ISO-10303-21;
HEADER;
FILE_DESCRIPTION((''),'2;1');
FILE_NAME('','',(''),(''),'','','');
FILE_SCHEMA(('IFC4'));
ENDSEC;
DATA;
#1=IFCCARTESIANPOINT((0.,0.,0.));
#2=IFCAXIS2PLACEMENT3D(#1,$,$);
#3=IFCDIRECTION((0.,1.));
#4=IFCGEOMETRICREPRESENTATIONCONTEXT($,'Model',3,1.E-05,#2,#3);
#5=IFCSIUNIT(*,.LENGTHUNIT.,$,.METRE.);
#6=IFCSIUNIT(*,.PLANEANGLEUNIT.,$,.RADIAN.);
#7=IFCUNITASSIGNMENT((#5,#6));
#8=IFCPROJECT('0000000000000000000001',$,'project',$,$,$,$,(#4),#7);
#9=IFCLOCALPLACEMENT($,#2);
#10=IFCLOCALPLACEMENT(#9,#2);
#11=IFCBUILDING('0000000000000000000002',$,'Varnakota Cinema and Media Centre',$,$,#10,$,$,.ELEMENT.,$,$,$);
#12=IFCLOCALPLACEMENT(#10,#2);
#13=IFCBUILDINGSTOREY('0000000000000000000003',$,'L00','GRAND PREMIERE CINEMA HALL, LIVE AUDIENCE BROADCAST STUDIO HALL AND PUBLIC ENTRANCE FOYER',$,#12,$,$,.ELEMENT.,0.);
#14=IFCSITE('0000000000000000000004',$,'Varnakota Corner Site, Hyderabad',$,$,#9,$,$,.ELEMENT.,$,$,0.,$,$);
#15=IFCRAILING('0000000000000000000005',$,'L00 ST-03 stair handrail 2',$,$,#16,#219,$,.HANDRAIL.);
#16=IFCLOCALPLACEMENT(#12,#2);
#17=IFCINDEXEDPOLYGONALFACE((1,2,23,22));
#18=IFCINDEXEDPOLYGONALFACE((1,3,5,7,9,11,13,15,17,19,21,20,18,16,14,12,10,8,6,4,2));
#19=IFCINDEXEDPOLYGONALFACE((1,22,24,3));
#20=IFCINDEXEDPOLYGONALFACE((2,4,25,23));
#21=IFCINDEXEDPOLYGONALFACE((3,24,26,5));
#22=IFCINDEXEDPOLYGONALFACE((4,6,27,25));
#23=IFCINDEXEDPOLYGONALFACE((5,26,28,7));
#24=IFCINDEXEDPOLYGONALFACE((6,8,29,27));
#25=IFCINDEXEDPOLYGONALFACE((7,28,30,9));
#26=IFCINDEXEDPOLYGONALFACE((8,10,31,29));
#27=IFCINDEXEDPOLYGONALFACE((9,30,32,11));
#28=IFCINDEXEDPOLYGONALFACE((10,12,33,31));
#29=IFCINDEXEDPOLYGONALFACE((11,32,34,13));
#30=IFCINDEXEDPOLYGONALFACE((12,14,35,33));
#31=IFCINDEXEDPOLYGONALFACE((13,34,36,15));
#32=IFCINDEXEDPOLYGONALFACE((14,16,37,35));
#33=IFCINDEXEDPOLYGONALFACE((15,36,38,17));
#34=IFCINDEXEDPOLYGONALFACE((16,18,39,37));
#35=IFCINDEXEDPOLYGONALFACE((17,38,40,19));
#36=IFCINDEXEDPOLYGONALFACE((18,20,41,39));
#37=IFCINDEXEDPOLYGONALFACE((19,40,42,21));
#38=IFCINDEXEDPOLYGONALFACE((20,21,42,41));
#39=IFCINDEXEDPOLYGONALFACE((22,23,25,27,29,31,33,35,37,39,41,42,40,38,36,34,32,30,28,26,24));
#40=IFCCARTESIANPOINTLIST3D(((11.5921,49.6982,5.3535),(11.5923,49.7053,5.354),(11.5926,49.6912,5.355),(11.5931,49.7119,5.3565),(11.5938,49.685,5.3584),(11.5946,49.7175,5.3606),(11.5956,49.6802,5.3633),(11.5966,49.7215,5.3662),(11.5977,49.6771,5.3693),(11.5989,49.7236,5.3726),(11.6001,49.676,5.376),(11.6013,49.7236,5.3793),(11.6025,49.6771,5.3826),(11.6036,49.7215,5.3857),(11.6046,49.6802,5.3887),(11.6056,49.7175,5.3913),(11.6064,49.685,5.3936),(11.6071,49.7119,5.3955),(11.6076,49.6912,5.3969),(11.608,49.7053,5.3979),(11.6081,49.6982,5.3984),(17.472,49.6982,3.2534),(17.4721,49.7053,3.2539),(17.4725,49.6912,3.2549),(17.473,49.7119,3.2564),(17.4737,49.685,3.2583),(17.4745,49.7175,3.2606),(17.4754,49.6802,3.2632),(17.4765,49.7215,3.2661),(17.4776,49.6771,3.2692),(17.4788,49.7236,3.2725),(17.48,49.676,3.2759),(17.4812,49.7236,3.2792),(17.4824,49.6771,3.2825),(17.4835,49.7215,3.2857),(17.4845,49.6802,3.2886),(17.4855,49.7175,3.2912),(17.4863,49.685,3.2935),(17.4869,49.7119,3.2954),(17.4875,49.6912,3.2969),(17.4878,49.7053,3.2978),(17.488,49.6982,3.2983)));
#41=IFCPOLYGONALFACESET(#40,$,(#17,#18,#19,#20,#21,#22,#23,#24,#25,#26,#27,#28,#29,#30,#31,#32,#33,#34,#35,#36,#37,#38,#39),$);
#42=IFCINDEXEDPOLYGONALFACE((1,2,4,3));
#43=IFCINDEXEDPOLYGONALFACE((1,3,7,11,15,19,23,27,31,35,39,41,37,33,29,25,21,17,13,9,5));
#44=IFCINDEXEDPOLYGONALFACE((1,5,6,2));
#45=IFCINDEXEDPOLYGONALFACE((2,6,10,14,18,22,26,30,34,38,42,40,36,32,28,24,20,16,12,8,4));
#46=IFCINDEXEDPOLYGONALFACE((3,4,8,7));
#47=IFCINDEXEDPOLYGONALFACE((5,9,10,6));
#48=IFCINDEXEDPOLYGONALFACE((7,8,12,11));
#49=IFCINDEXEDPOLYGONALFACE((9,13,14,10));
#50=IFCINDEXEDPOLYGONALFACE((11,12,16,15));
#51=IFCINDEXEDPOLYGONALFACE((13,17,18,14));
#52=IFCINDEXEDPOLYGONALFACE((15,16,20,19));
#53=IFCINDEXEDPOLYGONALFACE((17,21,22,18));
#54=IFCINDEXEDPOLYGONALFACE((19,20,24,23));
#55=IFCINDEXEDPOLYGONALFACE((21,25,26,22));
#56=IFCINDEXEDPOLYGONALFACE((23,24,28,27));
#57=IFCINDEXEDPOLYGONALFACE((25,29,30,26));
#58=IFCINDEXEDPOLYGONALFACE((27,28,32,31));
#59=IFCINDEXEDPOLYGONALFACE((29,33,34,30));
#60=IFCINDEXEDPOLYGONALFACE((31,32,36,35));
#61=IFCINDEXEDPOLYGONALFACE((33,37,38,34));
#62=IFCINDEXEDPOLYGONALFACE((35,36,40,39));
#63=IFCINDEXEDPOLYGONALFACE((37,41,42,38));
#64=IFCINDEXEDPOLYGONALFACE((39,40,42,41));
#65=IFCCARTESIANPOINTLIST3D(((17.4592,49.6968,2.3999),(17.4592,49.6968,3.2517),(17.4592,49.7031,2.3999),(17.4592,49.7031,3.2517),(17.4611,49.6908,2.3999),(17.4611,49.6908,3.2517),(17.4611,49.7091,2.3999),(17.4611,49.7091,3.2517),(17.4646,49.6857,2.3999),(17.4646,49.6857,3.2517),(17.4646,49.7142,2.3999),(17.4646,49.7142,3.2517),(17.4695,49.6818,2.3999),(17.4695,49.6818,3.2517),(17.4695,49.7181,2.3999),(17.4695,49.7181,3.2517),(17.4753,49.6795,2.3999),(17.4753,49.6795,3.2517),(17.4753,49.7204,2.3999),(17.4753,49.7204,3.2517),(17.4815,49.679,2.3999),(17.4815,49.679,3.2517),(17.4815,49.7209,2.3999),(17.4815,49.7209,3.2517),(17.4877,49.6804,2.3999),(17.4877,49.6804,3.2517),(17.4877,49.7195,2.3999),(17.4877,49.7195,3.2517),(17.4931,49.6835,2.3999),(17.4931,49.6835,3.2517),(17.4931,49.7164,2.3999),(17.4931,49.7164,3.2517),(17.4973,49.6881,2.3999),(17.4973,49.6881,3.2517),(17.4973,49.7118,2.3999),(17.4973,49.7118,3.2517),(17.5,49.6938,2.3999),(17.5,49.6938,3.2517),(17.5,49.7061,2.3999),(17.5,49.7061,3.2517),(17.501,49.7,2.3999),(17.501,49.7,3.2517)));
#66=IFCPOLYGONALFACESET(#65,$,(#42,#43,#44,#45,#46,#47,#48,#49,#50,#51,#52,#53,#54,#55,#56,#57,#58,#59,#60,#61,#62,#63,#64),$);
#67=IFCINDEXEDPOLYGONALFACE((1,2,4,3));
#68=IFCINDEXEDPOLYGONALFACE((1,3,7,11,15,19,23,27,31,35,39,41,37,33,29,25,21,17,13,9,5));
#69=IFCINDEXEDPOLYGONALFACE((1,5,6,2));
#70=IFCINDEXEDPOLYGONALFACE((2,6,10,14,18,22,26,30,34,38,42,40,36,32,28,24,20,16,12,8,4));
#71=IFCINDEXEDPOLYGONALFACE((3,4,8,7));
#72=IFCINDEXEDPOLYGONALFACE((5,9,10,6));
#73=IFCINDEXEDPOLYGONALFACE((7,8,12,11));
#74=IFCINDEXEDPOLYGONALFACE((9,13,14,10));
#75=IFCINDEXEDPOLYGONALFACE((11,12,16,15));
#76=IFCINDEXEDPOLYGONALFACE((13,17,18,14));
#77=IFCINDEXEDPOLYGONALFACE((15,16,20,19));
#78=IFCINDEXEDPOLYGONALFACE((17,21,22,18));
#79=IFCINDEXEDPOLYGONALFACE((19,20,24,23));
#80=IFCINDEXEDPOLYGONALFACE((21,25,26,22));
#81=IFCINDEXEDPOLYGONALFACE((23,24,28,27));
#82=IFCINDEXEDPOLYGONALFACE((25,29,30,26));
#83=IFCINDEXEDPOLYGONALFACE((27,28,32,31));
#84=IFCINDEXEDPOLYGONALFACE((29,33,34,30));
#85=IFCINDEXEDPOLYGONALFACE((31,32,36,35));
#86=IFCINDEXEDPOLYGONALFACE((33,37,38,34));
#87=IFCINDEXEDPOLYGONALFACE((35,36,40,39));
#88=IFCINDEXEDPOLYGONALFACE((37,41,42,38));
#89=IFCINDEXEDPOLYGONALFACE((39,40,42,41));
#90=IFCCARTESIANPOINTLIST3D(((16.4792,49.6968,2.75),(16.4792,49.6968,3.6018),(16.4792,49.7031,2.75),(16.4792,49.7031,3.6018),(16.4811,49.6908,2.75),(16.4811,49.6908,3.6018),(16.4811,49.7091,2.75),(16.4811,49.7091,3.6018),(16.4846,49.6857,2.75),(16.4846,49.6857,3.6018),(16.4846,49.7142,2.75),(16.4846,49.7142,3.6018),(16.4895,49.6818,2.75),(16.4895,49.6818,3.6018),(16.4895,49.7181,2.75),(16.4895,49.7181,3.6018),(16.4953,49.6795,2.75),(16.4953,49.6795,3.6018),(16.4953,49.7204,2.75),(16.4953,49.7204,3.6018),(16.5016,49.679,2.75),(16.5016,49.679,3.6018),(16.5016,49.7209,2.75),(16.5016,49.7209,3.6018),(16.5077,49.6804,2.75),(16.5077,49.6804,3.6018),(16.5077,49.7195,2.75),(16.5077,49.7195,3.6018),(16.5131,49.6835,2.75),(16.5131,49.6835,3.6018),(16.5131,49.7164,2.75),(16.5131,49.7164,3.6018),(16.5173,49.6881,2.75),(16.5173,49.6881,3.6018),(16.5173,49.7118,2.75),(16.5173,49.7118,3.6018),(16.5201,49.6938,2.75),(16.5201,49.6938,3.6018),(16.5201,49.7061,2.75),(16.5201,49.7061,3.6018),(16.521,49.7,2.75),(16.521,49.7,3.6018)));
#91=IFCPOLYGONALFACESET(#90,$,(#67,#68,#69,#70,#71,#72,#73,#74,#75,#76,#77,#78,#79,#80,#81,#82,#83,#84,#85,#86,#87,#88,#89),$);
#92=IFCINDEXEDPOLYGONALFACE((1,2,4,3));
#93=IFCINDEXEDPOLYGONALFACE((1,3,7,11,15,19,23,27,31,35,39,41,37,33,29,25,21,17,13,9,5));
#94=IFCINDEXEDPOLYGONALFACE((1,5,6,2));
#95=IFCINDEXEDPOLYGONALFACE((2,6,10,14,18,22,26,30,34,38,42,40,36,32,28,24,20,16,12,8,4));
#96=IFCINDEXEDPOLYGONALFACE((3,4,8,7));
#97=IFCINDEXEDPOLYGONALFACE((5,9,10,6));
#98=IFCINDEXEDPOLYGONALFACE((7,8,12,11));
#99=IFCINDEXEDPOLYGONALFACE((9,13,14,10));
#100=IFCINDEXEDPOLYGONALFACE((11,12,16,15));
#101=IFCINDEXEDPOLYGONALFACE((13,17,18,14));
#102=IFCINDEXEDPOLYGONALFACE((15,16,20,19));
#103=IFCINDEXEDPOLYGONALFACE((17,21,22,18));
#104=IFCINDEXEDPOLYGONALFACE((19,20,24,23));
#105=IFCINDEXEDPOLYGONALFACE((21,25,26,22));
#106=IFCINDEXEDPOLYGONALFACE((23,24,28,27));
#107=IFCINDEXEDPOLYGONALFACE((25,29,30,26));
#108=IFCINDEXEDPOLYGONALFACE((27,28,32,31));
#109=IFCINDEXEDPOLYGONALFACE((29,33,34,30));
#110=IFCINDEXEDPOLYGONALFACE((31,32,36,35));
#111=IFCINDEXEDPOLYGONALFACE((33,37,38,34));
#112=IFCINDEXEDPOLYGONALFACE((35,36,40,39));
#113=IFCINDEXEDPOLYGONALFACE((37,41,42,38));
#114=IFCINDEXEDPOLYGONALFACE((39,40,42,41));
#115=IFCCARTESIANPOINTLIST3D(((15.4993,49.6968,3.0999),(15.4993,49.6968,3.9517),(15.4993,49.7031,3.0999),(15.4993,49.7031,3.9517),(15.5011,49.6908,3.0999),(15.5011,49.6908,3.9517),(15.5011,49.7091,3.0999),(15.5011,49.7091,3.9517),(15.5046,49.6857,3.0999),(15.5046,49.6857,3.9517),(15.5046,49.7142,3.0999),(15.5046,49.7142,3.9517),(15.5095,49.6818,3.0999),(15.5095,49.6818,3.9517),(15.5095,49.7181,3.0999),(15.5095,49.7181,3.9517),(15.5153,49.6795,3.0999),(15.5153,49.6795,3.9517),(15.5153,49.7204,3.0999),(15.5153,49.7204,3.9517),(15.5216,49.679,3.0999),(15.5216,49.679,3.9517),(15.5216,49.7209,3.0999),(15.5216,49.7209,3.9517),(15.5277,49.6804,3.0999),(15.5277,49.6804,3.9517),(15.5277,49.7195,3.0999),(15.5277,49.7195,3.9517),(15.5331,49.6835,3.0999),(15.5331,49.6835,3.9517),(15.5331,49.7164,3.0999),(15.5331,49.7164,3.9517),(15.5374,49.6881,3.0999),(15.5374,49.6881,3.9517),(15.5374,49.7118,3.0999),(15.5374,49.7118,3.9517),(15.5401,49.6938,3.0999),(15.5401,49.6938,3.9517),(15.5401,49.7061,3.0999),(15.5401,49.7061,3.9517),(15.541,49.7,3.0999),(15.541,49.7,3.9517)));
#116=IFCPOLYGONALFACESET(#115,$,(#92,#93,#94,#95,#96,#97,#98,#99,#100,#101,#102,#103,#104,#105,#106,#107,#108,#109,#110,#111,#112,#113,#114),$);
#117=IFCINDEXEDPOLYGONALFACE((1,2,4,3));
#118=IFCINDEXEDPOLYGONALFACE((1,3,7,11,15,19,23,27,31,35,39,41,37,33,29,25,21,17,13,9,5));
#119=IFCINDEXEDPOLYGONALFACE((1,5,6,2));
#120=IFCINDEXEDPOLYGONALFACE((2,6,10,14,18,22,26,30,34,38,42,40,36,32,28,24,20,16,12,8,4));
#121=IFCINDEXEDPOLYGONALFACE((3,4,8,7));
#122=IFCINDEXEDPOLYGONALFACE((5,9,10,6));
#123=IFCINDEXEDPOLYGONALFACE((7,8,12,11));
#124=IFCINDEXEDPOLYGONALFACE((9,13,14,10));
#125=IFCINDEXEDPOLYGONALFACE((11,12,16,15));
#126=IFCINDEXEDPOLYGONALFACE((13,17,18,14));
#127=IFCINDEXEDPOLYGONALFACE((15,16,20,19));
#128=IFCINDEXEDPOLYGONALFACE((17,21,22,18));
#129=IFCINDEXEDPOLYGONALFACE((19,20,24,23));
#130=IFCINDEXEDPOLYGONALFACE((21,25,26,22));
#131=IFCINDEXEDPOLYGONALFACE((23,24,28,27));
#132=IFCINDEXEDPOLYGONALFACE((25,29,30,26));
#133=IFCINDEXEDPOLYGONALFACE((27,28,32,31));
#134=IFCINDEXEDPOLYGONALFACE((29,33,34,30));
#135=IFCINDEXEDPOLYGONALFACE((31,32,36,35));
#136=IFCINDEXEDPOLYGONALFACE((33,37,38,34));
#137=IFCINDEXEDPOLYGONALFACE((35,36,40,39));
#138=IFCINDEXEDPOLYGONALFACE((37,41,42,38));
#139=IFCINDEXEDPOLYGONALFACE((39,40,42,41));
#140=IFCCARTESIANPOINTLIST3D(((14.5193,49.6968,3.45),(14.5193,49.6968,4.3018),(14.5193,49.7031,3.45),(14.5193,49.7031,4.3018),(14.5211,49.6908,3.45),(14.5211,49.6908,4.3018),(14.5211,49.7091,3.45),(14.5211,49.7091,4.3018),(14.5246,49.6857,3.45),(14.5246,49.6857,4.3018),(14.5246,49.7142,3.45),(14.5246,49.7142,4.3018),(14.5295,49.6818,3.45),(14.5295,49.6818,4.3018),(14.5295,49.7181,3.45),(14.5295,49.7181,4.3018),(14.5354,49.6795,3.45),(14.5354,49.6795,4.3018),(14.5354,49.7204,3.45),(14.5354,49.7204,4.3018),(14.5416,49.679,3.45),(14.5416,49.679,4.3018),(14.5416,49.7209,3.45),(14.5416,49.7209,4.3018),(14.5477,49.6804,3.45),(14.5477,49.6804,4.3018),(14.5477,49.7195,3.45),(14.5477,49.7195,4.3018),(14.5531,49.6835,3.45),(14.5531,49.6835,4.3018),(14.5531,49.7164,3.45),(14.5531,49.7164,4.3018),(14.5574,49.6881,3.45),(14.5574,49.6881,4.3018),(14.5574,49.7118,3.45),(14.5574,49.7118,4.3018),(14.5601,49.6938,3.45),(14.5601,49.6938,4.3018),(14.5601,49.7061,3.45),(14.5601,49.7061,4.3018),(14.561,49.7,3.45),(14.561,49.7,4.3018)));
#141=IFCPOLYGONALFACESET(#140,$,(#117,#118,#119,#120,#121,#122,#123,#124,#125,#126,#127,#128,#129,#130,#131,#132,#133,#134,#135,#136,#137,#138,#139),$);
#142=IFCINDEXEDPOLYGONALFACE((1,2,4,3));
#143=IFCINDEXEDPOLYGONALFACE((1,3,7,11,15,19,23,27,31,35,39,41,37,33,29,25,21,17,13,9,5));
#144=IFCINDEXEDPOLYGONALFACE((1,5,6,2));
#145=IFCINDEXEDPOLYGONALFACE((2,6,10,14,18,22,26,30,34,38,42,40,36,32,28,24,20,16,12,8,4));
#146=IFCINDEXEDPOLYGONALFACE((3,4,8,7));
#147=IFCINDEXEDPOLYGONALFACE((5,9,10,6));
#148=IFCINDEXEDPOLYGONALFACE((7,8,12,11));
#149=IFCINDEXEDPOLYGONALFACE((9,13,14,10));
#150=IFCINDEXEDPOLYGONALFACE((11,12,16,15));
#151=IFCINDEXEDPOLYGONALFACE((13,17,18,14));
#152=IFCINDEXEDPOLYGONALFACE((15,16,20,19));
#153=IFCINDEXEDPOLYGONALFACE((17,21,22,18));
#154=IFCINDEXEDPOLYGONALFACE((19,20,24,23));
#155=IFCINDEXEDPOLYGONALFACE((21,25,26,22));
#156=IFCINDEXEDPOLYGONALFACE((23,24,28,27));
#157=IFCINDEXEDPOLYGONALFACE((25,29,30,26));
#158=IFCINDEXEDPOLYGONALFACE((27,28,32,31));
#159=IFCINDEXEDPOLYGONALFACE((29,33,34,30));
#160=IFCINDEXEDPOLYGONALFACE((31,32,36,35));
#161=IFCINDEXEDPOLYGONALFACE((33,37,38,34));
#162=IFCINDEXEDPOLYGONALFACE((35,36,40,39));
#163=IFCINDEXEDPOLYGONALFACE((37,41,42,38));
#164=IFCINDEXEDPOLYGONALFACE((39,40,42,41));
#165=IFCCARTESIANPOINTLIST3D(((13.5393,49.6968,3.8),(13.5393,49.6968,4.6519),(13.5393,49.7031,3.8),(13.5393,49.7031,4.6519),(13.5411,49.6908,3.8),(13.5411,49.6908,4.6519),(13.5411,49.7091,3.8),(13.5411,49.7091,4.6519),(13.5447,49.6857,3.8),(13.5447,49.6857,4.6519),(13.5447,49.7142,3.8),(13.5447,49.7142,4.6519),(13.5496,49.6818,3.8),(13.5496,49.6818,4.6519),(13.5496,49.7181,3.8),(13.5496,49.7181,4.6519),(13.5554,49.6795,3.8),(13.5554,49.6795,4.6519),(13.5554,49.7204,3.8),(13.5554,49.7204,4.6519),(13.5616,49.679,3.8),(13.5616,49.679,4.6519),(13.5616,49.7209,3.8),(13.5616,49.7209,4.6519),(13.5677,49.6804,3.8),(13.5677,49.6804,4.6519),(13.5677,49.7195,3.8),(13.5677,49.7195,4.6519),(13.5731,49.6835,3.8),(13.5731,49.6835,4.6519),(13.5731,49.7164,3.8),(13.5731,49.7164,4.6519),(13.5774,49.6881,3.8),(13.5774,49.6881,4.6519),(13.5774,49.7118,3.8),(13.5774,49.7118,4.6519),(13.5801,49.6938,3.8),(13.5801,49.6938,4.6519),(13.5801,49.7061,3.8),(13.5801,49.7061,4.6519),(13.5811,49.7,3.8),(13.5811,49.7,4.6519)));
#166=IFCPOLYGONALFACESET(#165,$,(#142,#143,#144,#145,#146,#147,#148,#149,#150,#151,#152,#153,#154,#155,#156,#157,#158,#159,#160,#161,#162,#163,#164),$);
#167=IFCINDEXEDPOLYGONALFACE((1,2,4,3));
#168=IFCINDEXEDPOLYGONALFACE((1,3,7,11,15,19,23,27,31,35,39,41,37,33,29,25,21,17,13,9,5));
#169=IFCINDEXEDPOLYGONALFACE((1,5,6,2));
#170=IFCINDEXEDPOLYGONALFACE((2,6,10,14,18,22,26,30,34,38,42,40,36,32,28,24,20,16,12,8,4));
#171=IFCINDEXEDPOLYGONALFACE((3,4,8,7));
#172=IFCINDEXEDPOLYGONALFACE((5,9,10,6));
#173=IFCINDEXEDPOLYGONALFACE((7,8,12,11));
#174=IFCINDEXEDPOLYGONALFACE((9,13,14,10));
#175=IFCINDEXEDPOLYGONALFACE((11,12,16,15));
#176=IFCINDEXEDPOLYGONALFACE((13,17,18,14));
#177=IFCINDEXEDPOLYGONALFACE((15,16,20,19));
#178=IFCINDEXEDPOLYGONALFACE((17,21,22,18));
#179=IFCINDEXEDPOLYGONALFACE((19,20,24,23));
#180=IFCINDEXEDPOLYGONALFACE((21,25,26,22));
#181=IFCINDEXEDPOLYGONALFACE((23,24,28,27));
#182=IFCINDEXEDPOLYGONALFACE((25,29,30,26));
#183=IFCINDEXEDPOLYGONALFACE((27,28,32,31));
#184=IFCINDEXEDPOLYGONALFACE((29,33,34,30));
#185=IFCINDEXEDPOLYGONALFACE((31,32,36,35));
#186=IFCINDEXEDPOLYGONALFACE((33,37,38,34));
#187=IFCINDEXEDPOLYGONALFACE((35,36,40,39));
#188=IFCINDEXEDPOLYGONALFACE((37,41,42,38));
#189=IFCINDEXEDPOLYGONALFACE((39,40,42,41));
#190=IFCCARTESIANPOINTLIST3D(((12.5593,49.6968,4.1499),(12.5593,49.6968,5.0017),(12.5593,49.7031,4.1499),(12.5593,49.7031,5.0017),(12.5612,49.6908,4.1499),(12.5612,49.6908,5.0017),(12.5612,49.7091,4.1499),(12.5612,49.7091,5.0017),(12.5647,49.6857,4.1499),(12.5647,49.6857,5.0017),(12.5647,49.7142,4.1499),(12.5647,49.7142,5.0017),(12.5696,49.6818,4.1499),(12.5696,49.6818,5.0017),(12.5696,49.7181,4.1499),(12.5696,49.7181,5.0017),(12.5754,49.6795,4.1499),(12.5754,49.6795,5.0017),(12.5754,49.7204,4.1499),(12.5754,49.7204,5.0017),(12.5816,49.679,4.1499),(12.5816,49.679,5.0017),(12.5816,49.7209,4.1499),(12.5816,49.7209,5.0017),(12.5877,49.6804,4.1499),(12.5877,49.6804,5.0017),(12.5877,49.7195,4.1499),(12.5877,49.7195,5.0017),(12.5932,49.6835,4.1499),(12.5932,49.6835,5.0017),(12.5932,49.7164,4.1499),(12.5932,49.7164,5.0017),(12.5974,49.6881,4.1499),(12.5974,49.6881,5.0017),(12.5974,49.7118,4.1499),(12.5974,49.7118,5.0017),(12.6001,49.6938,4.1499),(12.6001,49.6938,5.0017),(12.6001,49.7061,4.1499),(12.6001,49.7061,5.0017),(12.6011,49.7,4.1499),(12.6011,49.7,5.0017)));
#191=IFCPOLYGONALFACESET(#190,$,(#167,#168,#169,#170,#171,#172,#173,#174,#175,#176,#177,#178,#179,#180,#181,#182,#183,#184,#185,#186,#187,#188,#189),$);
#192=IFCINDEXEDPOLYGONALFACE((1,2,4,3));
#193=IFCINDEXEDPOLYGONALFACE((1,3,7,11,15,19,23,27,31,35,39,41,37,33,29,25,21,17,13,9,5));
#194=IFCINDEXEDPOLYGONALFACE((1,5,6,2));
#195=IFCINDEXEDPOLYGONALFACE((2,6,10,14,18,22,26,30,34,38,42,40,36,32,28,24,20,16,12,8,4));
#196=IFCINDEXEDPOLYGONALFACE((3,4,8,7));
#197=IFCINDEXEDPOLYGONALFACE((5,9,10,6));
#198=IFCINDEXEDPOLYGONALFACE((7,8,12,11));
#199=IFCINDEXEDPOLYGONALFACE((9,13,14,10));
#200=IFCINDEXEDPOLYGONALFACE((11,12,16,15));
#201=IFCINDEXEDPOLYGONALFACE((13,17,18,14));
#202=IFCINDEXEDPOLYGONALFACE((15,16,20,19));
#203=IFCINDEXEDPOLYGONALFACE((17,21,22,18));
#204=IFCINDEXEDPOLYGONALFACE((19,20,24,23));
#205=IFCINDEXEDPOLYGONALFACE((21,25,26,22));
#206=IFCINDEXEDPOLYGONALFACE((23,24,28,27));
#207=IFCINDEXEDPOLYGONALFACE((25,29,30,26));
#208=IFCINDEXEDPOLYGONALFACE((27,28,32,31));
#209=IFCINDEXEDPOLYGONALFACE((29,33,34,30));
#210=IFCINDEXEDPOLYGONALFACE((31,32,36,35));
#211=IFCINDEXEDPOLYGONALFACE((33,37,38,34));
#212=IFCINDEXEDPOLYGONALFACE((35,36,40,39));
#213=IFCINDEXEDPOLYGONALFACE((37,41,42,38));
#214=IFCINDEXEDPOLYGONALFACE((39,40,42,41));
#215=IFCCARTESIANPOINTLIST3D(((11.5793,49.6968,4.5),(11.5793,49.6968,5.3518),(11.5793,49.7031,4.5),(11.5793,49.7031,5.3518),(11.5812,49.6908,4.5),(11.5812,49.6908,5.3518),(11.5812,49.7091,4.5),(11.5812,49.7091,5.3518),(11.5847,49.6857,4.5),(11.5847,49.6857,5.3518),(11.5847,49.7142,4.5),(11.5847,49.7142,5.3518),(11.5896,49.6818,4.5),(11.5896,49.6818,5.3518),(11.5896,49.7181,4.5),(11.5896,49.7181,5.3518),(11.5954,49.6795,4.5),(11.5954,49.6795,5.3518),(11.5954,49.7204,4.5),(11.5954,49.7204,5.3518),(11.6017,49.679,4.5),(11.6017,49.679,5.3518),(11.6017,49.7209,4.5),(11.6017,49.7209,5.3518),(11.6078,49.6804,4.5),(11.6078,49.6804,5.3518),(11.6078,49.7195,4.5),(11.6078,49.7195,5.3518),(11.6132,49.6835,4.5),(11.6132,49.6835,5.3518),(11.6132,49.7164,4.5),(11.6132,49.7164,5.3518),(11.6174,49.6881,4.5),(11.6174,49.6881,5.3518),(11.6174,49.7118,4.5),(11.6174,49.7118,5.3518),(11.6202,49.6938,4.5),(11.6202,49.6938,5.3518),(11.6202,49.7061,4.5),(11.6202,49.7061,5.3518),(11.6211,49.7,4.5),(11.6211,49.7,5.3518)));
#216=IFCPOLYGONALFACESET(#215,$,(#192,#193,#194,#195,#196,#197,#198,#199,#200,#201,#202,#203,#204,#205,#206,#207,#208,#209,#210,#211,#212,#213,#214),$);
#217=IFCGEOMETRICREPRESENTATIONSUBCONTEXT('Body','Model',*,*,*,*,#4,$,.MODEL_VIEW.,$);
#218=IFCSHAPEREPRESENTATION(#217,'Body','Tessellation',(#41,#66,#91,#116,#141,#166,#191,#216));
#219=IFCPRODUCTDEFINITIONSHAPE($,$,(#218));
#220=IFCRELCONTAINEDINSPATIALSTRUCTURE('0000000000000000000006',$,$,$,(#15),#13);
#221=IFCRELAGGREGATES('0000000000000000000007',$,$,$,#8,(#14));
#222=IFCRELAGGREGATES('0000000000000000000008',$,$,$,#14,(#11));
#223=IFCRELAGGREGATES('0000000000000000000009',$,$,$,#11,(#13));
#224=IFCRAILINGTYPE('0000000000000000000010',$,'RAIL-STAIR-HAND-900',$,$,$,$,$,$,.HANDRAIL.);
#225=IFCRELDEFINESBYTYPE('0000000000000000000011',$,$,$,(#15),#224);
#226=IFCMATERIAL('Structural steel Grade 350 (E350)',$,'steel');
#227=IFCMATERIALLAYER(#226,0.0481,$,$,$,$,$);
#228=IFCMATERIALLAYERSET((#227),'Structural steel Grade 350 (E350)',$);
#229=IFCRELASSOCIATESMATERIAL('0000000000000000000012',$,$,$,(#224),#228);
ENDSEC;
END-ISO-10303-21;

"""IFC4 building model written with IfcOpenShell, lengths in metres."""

from ifc_helpers import new_model, si_unit, direction, frame, origin, origin_2d, place, context, subcontext, project, spatial, circle, extrude, material, layer, layer_set, type_object, element, save


model = new_model("IFC4")

# Units and contexts
model_context = context("Model", 3, precision=1e-05, world=origin(), true_north=direction((0.0, 1.0)))
body_context = subcontext(model_context, "Body", "Model", "MODEL_VIEW")
ifc_project = project(units=[si_unit("LENGTHUNIT", "METRE"), si_unit("PLANEANGLEUNIT", "RADIAN")], contexts=[model_context])

# Site, building, storey
site_placement = place(None, origin())
site = spatial("IfcSite", under=ifc_project, at=site_placement, Name="Varnakota Corner Site, Hyderabad", CompositionType="ELEMENT", RefElevation=0.0)
building_placement = place(site_placement, origin())
building = spatial("IfcBuilding", under=site, at=building_placement, Name="Varnakota Cinema and Media Centre", CompositionType="ELEMENT")
storey_placement = place(building_placement, origin())
storey = spatial("IfcBuildingStorey", under=building, at=storey_placement, Name="L00", Description="GRAND PREMIERE CINEMA HALL, LIVE AUDIENCE BROADCAST STUDIO HALL AND PUBLIC ENTRANCE FOYER", CompositionType="ELEMENT", Elevation=0.0)

# Railing
ifc_material_1 = material(Name="Structural steel Grade 350 (E350)", Category="steel")
ifc_layer_1 = layer(ifc_material_1, 0.0481)
ifc_layer_set_1 = layer_set([ifc_layer_1], Name="Structural steel Grade 350 (E350)")
railing_type_1 = type_object("IfcRailingType", Name="RAIL-STAIR-HAND-900", PredefinedType="HANDRAIL", material=ifc_layer_set_1)
railing_1_placement = place(storey_placement, frame((17.48, 49.7, 2.3999)))
element("IfcRailing", 1, at=railing_1_placement, inside=storey, type_object=railing_type_1, Name="L00 ST-03 stair handrail 2", PredefinedType="HANDRAIL", context=body_context, shape_type="SweptSolid", body=[
    extrude(circle(Radius=0.0239, at=origin_2d()), frame((0.0, 0.0, 0.876), z_axis=(-0.941735, 0.0, 0.336356), x_axis=(0.0, -1.0, 0.0)), (0.0, 0.0, 1.0), 6.2437),
    extrude(circle(Radius=0.021, at=origin_2d()), origin(), (0.0, 0.0, 1.0), 0.8518),
    extrude(circle(Radius=0.021, at=origin_2d()), frame((-0.98, 0.0, 0.3501)), (0.0, 0.0, 1.0), 0.8518),
    extrude(circle(Radius=0.021, at=origin_2d()), frame((-1.96, 0.0, 0.7)), (0.0, 0.0, 1.0), 0.8518),
    extrude(circle(Radius=0.021, at=origin_2d()), frame((-2.9399, 0.0, 1.05)), (0.0, 0.0, 1.0), 0.8518),
    extrude(circle(Radius=0.021, at=origin_2d()), frame((-3.9199, 0.0, 1.4001)), (0.0, 0.0, 1.0), 0.8518),
    extrude(circle(Radius=0.021, at=origin_2d()), frame((-4.8999, 0.0, 1.75)), (0.0, 0.0, 1.0), 0.8518),
    extrude(circle(Radius=0.021, at=origin_2d()), frame((-5.8799, 0.0, 2.1001)), (0.0, 0.0, 1.0), 0.8518),
])

save(model, "model.ifc")
